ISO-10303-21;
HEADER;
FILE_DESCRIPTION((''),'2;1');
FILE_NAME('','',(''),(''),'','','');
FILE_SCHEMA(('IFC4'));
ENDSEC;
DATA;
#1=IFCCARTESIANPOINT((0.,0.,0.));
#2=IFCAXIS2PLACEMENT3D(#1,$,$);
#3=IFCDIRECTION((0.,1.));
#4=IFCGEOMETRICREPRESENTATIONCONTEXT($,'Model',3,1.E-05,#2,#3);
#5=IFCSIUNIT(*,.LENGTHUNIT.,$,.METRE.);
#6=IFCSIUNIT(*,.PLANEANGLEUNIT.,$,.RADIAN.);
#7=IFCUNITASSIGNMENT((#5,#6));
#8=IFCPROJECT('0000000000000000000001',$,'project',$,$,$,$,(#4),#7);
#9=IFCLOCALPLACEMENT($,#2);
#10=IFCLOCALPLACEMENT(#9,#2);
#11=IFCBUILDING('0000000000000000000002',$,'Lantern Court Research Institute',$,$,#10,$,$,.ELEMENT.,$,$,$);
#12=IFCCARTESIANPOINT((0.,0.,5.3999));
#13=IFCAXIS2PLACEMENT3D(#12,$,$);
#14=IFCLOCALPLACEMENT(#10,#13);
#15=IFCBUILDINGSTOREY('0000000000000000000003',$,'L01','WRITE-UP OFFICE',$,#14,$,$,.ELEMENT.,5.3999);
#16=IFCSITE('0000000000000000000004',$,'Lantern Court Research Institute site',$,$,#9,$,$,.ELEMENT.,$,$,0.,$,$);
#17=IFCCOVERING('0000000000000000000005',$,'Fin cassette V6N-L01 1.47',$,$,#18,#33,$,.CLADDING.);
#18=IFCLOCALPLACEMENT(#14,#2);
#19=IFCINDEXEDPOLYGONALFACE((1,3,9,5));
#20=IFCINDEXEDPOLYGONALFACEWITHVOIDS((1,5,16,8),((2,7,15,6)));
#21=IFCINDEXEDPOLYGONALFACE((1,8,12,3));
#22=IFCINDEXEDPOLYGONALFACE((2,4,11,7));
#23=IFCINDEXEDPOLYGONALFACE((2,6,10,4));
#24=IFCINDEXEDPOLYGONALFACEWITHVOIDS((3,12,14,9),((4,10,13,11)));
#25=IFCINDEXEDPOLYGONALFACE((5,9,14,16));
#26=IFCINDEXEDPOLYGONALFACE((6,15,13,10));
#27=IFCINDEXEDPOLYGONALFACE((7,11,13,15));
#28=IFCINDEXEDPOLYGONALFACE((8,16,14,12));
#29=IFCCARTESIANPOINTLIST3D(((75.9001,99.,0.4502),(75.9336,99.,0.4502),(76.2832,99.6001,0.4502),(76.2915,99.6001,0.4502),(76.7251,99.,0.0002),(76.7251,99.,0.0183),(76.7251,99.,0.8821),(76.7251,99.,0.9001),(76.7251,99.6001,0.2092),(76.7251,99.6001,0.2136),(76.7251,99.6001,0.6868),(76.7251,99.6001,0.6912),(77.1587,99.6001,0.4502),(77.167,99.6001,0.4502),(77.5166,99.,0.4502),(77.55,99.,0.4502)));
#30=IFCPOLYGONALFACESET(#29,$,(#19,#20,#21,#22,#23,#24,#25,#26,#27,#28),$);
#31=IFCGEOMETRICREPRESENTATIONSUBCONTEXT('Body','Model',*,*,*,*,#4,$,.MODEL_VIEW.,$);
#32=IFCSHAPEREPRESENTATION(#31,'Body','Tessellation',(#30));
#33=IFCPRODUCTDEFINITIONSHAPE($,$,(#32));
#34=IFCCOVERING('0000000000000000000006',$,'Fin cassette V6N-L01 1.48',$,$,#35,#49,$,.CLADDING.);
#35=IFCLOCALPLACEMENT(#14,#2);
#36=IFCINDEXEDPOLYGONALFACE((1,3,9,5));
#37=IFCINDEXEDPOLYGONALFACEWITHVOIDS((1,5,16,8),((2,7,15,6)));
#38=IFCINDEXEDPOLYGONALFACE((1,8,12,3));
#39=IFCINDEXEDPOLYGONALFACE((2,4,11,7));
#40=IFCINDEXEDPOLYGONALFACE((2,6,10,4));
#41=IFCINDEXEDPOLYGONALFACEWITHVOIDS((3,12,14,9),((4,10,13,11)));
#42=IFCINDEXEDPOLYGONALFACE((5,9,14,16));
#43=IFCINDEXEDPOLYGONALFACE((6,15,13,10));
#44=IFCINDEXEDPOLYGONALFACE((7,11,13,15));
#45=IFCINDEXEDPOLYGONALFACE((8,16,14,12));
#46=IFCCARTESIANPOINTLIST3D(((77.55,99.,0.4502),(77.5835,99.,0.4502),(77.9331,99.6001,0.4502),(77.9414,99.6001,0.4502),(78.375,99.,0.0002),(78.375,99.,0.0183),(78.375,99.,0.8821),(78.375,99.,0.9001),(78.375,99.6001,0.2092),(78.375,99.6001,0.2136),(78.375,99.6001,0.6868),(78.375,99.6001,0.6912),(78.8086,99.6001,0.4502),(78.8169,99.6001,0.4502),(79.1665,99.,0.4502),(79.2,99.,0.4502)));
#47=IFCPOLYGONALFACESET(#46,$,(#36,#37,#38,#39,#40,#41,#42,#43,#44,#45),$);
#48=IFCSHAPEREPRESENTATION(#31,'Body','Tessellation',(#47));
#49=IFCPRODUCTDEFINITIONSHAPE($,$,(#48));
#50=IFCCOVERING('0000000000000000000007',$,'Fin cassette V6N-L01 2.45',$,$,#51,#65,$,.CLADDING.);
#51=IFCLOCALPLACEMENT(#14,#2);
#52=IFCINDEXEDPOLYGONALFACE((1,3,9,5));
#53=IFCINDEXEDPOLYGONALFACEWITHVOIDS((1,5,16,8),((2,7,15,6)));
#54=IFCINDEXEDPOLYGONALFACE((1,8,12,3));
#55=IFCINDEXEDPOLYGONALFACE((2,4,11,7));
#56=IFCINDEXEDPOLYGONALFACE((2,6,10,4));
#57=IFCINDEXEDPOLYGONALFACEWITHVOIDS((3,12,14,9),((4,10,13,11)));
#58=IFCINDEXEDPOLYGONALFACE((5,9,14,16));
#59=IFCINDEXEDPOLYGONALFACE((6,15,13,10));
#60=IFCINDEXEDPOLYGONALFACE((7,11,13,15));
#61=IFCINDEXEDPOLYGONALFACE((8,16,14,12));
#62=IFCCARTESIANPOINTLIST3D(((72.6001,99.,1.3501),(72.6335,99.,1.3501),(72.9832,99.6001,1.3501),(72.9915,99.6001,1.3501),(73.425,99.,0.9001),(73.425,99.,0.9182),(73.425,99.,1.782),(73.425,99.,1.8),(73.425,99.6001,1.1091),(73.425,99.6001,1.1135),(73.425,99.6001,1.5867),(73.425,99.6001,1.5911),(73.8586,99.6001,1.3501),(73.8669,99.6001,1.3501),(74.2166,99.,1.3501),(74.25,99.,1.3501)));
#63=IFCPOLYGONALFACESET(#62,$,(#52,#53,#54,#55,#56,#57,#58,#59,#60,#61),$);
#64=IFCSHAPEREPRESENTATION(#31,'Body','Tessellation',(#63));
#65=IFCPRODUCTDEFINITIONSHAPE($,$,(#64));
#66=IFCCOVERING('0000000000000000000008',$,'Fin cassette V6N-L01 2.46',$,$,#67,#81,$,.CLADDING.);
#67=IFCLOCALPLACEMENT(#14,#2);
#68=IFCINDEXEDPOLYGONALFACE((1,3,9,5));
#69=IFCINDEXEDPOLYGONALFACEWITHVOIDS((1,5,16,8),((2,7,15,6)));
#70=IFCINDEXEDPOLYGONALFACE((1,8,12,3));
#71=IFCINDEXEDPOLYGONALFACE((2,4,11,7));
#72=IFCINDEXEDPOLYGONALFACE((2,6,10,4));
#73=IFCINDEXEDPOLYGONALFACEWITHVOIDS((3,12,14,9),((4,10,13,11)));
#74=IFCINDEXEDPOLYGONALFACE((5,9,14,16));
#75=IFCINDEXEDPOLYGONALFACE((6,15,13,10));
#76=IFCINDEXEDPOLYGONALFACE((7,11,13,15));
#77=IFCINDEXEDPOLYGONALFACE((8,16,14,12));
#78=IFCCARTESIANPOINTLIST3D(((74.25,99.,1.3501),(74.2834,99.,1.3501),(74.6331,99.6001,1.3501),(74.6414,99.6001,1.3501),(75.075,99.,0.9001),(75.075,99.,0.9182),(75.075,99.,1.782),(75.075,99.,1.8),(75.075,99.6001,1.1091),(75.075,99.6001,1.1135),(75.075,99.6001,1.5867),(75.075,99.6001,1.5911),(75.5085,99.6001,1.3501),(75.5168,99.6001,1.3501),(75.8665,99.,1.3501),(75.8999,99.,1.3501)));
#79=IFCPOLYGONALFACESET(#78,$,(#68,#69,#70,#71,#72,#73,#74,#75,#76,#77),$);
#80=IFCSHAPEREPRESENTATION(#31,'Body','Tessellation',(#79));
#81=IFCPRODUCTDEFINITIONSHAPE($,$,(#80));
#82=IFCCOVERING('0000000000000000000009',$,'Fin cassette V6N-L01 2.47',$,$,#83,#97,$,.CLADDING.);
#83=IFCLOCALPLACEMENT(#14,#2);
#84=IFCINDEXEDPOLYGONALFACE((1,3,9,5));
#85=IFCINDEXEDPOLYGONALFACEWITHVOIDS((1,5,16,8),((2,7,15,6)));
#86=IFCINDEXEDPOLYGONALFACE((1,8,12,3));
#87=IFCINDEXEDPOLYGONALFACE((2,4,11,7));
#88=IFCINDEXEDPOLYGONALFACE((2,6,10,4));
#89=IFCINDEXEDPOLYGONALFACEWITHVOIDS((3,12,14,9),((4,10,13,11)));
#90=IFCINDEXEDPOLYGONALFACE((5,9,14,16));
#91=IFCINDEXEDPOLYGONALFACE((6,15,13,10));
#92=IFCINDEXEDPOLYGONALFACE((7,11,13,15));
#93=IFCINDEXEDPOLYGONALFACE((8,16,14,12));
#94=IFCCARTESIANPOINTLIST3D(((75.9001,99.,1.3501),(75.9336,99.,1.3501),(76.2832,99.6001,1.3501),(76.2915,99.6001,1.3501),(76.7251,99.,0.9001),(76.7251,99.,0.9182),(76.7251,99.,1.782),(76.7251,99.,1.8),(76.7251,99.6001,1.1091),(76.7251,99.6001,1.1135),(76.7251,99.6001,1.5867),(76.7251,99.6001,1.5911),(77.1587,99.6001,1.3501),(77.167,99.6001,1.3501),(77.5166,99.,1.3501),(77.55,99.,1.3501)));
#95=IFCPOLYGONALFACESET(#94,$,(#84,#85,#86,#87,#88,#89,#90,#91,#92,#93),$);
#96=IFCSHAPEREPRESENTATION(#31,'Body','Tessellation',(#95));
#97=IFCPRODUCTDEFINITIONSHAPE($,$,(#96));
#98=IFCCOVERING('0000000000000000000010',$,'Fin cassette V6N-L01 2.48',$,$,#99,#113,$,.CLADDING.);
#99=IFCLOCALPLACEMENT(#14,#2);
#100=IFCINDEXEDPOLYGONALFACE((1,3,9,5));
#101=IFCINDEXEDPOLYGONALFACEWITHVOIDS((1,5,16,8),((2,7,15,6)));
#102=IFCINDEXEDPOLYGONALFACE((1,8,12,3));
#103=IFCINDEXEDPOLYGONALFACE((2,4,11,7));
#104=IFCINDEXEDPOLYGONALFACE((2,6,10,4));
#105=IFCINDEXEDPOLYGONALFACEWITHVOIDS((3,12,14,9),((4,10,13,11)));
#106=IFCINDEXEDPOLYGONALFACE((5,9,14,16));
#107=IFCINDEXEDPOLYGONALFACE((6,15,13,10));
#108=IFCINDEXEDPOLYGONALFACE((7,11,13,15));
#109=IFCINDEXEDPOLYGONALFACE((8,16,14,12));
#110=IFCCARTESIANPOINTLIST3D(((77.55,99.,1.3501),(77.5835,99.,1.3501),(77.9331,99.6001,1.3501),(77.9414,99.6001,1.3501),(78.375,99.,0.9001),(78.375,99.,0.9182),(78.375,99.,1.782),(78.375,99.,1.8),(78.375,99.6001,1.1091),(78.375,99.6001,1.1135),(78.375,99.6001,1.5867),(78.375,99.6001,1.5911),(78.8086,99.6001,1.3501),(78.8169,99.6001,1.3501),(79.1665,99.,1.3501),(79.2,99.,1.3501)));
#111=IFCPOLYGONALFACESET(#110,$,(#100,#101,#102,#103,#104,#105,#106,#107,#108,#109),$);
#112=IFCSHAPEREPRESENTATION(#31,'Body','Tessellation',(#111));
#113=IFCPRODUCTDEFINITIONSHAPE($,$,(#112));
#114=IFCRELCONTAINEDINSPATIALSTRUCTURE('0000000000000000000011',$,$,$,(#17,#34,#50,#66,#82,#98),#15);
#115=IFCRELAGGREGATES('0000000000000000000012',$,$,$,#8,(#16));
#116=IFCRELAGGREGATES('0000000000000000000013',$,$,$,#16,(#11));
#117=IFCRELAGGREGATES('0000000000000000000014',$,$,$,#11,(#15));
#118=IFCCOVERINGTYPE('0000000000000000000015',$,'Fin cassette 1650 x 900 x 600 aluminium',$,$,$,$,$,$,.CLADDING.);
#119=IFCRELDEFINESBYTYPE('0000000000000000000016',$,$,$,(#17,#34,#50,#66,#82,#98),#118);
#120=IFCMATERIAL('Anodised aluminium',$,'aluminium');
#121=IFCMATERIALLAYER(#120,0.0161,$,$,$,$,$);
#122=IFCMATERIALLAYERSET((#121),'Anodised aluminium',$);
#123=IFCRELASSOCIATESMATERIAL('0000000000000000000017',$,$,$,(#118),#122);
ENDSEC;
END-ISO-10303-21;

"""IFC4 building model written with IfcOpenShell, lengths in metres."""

from ifc_helpers import new_model, entity, si_unit, direction, frame, origin, place, context, subcontext, project, spatial, material, layer, layer_set, type_object, element, save


model = new_model("IFC4")

# Units and contexts
model_context = context("Model", 3, precision=1e-05, world=origin(), true_north=direction((0.0, 1.0)))
body_context = subcontext(model_context, "Body", "Model", "MODEL_VIEW")
ifc_project = project(units=[si_unit("LENGTHUNIT", "METRE"), si_unit("PLANEANGLEUNIT", "RADIAN")], contexts=[model_context])

# Site, building, storey
site_placement = place(None, origin())
site = spatial("IfcSite", under=ifc_project, at=site_placement, Name="Lantern Court Research Institute site", CompositionType="ELEMENT", RefElevation=0.0)
building_placement = place(site_placement, origin())
building = spatial("IfcBuilding", under=site, at=building_placement, Name="Lantern Court Research Institute", CompositionType="ELEMENT")
storey_placement = place(building_placement, frame((0.0, 0.0, 5.3999)))
storey = spatial("IfcBuildingStorey", under=building, at=storey_placement, Name="L01", Description="WRITE-UP OFFICE", CompositionType="ELEMENT", Elevation=5.3999)

# Coverings
ifc_material_1 = material(Name="Anodised aluminium", Category="aluminium")
ifc_layer_1 = layer(ifc_material_1, 0.0161)
ifc_layer_set_1 = layer_set([ifc_layer_1], Name="Anodised aluminium")
covering_type = type_object("IfcCoveringType", Name="Fin cassette 1650 x 900 x 600 aluminium", PredefinedType="CLADDING", material=ifc_layer_set_1)
covering_1_placement = place(storey_placement, frame((76.7251, 99.0, 0.4502), z_axis=(0.0, 1.0, 0.0), x_axis=(-1.0, 0.0, 0.0)))
cartesian_point_1 = entity("IfcCartesianPoint", [0.825, 0.0])
cartesian_point_2 = entity("IfcCartesianPoint", [0.7915, 0.0])
cartesian_point_3 = entity("IfcCartesianPoint", [0.4419, 0.0])
cartesian_point_4 = entity("IfcCartesianPoint", [0.4336, 0.0])
element("IfcCovering", 1, at=covering_1_placement, inside=storey, type_object=covering_type, Name="Fin cassette V6N-L01 1.47", PredefinedType="CLADDING", context=body_context, shape_type="SweptSolid", body=[
    entity("IfcExtrudedAreaSolidTapered", entity("IfcArbitraryProfileDefWithVoids", "AREA", None, entity("IfcPolyline", [cartesian_point_1, entity("IfcCartesianPoint", [0.0, 0.45]), entity("IfcCartesianPoint", [-0.825, 0.0]), entity("IfcCartesianPoint", [0.0, -0.45]), cartesian_point_1]), [entity("IfcPolyline", [cartesian_point_2, entity("IfcCartesianPoint", [0.0, 0.4319]), entity("IfcCartesianPoint", [-0.7915, 0.0]), entity("IfcCartesianPoint", [0.0, -0.4319]), cartesian_point_2])]), entity("IfcAxis2Placement3D", entity("IfcCartesianPoint", [0.0, 0.0, 0.0])), entity("IfcDirection", [0.0, 0.0, 1.0]), 0.6001, entity("IfcArbitraryProfileDefWithVoids", "AREA", None, entity("IfcPolyline", [cartesian_point_3, entity("IfcCartesianPoint", [0.0, 0.241]), entity("IfcCartesianPoint", [-0.4419, 0.0]), entity("IfcCartesianPoint", [0.0, -0.241]), cartesian_point_3]), [entity("IfcPolyline", [cartesian_point_4, entity("IfcCartesianPoint", [0.0, 0.2366]), entity("IfcCartesianPoint", [-0.4336, 0.0]), entity("IfcCartesianPoint", [0.0, -0.2366]), cartesian_point_4])])),
])
covering_2_placement = place(storey_placement, frame((78.375, 99.0, 0.4502), z_axis=(0.0, 1.0, 0.0), x_axis=(-1.0, 0.0, 0.0)))
cartesian_point_5 = entity("IfcCartesianPoint", [0.825, 0.0])
cartesian_point_6 = entity("IfcCartesianPoint", [0.7915, 0.0])
cartesian_point_7 = entity("IfcCartesianPoint", [0.4419, 0.0])
cartesian_point_8 = entity("IfcCartesianPoint", [0.4336, 0.0])
element("IfcCovering", 2, at=covering_2_placement, inside=storey, type_object=covering_type, Name="Fin cassette V6N-L01 1.48", PredefinedType="CLADDING", context=body_context, shape_type="SweptSolid", body=[
    entity("IfcExtrudedAreaSolidTapered", entity("IfcArbitraryProfileDefWithVoids", "AREA", None, entity("IfcPolyline", [cartesian_point_5, entity("IfcCartesianPoint", [0.0, 0.45]), entity("IfcCartesianPoint", [-0.825, 0.0]), entity("IfcCartesianPoint", [0.0, -0.45]), cartesian_point_5]), [entity("IfcPolyline", [cartesian_point_6, entity("IfcCartesianPoint", [0.0, 0.4319]), entity("IfcCartesianPoint", [-0.7915, 0.0]), entity("IfcCartesianPoint", [0.0, -0.4319]), cartesian_point_6])]), entity("IfcAxis2Placement3D", entity("IfcCartesianPoint", [0.0, 0.0, 0.0])), entity("IfcDirection", [0.0, 0.0, 1.0]), 0.6001, entity("IfcArbitraryProfileDefWithVoids", "AREA", None, entity("IfcPolyline", [cartesian_point_7, entity("IfcCartesianPoint", [0.0, 0.241]), entity("IfcCartesianPoint", [-0.4419, 0.0]), entity("IfcCartesianPoint", [0.0, -0.241]), cartesian_point_7]), [entity("IfcPolyline", [cartesian_point_8, entity("IfcCartesianPoint", [0.0, 0.2366]), entity("IfcCartesianPoint", [-0.4336, 0.0]), entity("IfcCartesianPoint", [0.0, -0.2366]), cartesian_point_8])])),
])
covering_3_placement = place(storey_placement, frame((73.425, 99.0, 1.3501), z_axis=(0.0, 1.0, 0.0), x_axis=(-1.0, 0.0, 0.0)))
cartesian_point_9 = entity("IfcCartesianPoint", [0.825, 0.0])
cartesian_point_10 = entity("IfcCartesianPoint", [0.7915, 0.0])
cartesian_point_11 = entity("IfcCartesianPoint", [0.4419, 0.0])
cartesian_point_12 = entity("IfcCartesianPoint", [0.4336, 0.0])
element("IfcCovering", 3, at=covering_3_placement, inside=storey, type_object=covering_type, Name="Fin cassette V6N-L01 2.45", PredefinedType="CLADDING", context=body_context, shape_type="SweptSolid", body=[
    entity("IfcExtrudedAreaSolidTapered", entity("IfcArbitraryProfileDefWithVoids", "AREA", None, entity("IfcPolyline", [cartesian_point_9, entity("IfcCartesianPoint", [0.0, 0.45]), entity("IfcCartesianPoint", [-0.825, 0.0]), entity("IfcCartesianPoint", [0.0, -0.45]), cartesian_point_9]), [entity("IfcPolyline", [cartesian_point_10, entity("IfcCartesianPoint", [0.0, 0.4319]), entity("IfcCartesianPoint", [-0.7915, 0.0]), entity("IfcCartesianPoint", [0.0, -0.4319]), cartesian_point_10])]), entity("IfcAxis2Placement3D", entity("IfcCartesianPoint", [0.0, 0.0, 0.0])), entity("IfcDirection", [0.0, 0.0, 1.0]), 0.6001, entity("IfcArbitraryProfileDefWithVoids", "AREA", None, entity("IfcPolyline", [cartesian_point_11, entity("IfcCartesianPoint", [0.0, 0.241]), entity("IfcCartesianPoint", [-0.4419, 0.0]), entity("IfcCartesianPoint", [0.0, -0.241]), cartesian_point_11]), [entity("IfcPolyline", [cartesian_point_12, entity("IfcCartesianPoint", [0.0, 0.2366]), entity("IfcCartesianPoint", [-0.4336, 0.0]), entity("IfcCartesianPoint", [0.0, -0.2366]), cartesian_point_12])])),
])
covering_4_placement = place(storey_placement, frame((75.075, 99.0, 1.3501), z_axis=(0.0, 1.0, 0.0), x_axis=(-1.0, 0.0, 0.0)))
cartesian_point_13 = entity("IfcCartesianPoint", [0.825, 0.0])
cartesian_point_14 = entity("IfcCartesianPoint", [0.7915, 0.0])
cartesian_point_15 = entity("IfcCartesianPoint", [0.4419, 0.0])
cartesian_point_16 = entity("IfcCartesianPoint", [0.4336, 0.0])
element("IfcCovering", 4, at=covering_4_placement, inside=storey, type_object=covering_type, Name="Fin cassette V6N-L01 2.46", PredefinedType="CLADDING", context=body_context, shape_type="SweptSolid", body=[
    entity("IfcExtrudedAreaSolidTapered", entity("IfcArbitraryProfileDefWithVoids", "AREA", None, entity("IfcPolyline", [cartesian_point_13, entity("IfcCartesianPoint", [0.0, 0.45]), entity("IfcCartesianPoint", [-0.825, 0.0]), entity("IfcCartesianPoint", [0.0, -0.45]), cartesian_point_13]), [entity("IfcPolyline", [cartesian_point_14, entity("IfcCartesianPoint", [0.0, 0.4319]), entity("IfcCartesianPoint", [-0.7915, 0.0]), entity("IfcCartesianPoint", [0.0, -0.4319]), cartesian_point_14])]), entity("IfcAxis2Placement3D", entity("IfcCartesianPoint", [0.0, 0.0, 0.0])), entity("IfcDirection", [0.0, 0.0, 1.0]), 0.6001, entity("IfcArbitraryProfileDefWithVoids", "AREA", None, entity("IfcPolyline", [cartesian_point_15, entity("IfcCartesianPoint", [0.0, 0.241]), entity("IfcCartesianPoint", [-0.4419, 0.0]), entity("IfcCartesianPoint", [0.0, -0.241]), cartesian_point_15]), [entity("IfcPolyline", [cartesian_point_16, entity("IfcCartesianPoint", [0.0, 0.2366]), entity("IfcCartesianPoint", [-0.4336, 0.0]), entity("IfcCartesianPoint", [0.0, -0.2366]), cartesian_point_16])])),
])
covering_5_placement = place(storey_placement, frame((76.7251, 99.0, 1.3501), z_axis=(0.0, 1.0, 0.0), x_axis=(-1.0, 0.0, 0.0)))
cartesian_point_17 = entity("IfcCartesianPoint", [0.825, 0.0])
cartesian_point_18 = entity("IfcCartesianPoint", [0.7915, 0.0])
cartesian_point_19 = entity("IfcCartesianPoint", [0.4419, 0.0])
cartesian_point_20 = entity("IfcCartesianPoint", [0.4336, 0.0])
element("IfcCovering", 5, at=covering_5_placement, inside=storey, type_object=covering_type, Name="Fin cassette V6N-L01 2.47", PredefinedType="CLADDING", context=body_context, shape_type="SweptSolid", body=[
    entity("IfcExtrudedAreaSolidTapered", entity("IfcArbitraryProfileDefWithVoids", "AREA", None, entity("IfcPolyline", [cartesian_point_17, entity("IfcCartesianPoint", [0.0, 0.45]), entity("IfcCartesianPoint", [-0.825, 0.0]), entity("IfcCartesianPoint", [0.0, -0.45]), cartesian_point_17]), [entity("IfcPolyline", [cartesian_point_18, entity("IfcCartesianPoint", [0.0, 0.4319]), entity("IfcCartesianPoint", [-0.7915, 0.0]), entity("IfcCartesianPoint", [0.0, -0.4319]), cartesian_point_18])]), entity("IfcAxis2Placement3D", entity("IfcCartesianPoint", [0.0, 0.0, 0.0])), entity("IfcDirection", [0.0, 0.0, 1.0]), 0.6001, entity("IfcArbitraryProfileDefWithVoids", "AREA", None, entity("IfcPolyline", [cartesian_point_19, entity("IfcCartesianPoint", [0.0, 0.241]), entity("IfcCartesianPoint", [-0.4419, 0.0]), entity("IfcCartesianPoint", [0.0, -0.241]), cartesian_point_19]), [entity("IfcPolyline", [cartesian_point_20, entity("IfcCartesianPoint", [0.0, 0.2366]), entity("IfcCartesianPoint", [-0.4336, 0.0]), entity("IfcCartesianPoint", [0.0, -0.2366]), cartesian_point_20])])),
])
covering_6_placement = place(storey_placement, frame((78.375, 99.0, 1.3501), z_axis=(0.0, 1.0, 0.0), x_axis=(-1.0, 0.0, 0.0)))
cartesian_point_21 = entity("IfcCartesianPoint", [0.825, 0.0])
cartesian_point_22 = entity("IfcCartesianPoint", [0.7915, 0.0])
cartesian_point_23 = entity("IfcCartesianPoint", [0.4419, 0.0])
cartesian_point_24 = entity("IfcCartesianPoint", [0.4336, 0.0])
element("IfcCovering", 6, at=covering_6_placement, inside=storey, type_object=covering_type, Name="Fin cassette V6N-L01 2.48", PredefinedType="CLADDING", context=body_context, shape_type="SweptSolid", body=[
    entity("IfcExtrudedAreaSolidTapered", entity("IfcArbitraryProfileDefWithVoids", "AREA", None, entity("IfcPolyline", [cartesian_point_21, entity("IfcCartesianPoint", [0.0, 0.45]), entity("IfcCartesianPoint", [-0.825, 0.0]), entity("IfcCartesianPoint", [0.0, -0.45]), cartesian_point_21]), [entity("IfcPolyline", [cartesian_point_22, entity("IfcCartesianPoint", [0.0, 0.4319]), entity("IfcCartesianPoint", [-0.7915, 0.0]), entity("IfcCartesianPoint", [0.0, -0.4319]), cartesian_point_22])]), entity("IfcAxis2Placement3D", entity("IfcCartesianPoint", [0.0, 0.0, 0.0])), entity("IfcDirection", [0.0, 0.0, 1.0]), 0.6001, entity("IfcArbitraryProfileDefWithVoids", "AREA", None, entity("IfcPolyline", [cartesian_point_23, entity("IfcCartesianPoint", [0.0, 0.241]), entity("IfcCartesianPoint", [-0.4419, 0.0]), entity("IfcCartesianPoint", [0.0, -0.241]), cartesian_point_23]), [entity("IfcPolyline", [cartesian_point_24, entity("IfcCartesianPoint", [0.0, 0.2366]), entity("IfcCartesianPoint", [-0.4336, 0.0]), entity("IfcCartesianPoint", [0.0, -0.2366]), cartesian_point_24])])),
])

save(model, "model.ifc")
